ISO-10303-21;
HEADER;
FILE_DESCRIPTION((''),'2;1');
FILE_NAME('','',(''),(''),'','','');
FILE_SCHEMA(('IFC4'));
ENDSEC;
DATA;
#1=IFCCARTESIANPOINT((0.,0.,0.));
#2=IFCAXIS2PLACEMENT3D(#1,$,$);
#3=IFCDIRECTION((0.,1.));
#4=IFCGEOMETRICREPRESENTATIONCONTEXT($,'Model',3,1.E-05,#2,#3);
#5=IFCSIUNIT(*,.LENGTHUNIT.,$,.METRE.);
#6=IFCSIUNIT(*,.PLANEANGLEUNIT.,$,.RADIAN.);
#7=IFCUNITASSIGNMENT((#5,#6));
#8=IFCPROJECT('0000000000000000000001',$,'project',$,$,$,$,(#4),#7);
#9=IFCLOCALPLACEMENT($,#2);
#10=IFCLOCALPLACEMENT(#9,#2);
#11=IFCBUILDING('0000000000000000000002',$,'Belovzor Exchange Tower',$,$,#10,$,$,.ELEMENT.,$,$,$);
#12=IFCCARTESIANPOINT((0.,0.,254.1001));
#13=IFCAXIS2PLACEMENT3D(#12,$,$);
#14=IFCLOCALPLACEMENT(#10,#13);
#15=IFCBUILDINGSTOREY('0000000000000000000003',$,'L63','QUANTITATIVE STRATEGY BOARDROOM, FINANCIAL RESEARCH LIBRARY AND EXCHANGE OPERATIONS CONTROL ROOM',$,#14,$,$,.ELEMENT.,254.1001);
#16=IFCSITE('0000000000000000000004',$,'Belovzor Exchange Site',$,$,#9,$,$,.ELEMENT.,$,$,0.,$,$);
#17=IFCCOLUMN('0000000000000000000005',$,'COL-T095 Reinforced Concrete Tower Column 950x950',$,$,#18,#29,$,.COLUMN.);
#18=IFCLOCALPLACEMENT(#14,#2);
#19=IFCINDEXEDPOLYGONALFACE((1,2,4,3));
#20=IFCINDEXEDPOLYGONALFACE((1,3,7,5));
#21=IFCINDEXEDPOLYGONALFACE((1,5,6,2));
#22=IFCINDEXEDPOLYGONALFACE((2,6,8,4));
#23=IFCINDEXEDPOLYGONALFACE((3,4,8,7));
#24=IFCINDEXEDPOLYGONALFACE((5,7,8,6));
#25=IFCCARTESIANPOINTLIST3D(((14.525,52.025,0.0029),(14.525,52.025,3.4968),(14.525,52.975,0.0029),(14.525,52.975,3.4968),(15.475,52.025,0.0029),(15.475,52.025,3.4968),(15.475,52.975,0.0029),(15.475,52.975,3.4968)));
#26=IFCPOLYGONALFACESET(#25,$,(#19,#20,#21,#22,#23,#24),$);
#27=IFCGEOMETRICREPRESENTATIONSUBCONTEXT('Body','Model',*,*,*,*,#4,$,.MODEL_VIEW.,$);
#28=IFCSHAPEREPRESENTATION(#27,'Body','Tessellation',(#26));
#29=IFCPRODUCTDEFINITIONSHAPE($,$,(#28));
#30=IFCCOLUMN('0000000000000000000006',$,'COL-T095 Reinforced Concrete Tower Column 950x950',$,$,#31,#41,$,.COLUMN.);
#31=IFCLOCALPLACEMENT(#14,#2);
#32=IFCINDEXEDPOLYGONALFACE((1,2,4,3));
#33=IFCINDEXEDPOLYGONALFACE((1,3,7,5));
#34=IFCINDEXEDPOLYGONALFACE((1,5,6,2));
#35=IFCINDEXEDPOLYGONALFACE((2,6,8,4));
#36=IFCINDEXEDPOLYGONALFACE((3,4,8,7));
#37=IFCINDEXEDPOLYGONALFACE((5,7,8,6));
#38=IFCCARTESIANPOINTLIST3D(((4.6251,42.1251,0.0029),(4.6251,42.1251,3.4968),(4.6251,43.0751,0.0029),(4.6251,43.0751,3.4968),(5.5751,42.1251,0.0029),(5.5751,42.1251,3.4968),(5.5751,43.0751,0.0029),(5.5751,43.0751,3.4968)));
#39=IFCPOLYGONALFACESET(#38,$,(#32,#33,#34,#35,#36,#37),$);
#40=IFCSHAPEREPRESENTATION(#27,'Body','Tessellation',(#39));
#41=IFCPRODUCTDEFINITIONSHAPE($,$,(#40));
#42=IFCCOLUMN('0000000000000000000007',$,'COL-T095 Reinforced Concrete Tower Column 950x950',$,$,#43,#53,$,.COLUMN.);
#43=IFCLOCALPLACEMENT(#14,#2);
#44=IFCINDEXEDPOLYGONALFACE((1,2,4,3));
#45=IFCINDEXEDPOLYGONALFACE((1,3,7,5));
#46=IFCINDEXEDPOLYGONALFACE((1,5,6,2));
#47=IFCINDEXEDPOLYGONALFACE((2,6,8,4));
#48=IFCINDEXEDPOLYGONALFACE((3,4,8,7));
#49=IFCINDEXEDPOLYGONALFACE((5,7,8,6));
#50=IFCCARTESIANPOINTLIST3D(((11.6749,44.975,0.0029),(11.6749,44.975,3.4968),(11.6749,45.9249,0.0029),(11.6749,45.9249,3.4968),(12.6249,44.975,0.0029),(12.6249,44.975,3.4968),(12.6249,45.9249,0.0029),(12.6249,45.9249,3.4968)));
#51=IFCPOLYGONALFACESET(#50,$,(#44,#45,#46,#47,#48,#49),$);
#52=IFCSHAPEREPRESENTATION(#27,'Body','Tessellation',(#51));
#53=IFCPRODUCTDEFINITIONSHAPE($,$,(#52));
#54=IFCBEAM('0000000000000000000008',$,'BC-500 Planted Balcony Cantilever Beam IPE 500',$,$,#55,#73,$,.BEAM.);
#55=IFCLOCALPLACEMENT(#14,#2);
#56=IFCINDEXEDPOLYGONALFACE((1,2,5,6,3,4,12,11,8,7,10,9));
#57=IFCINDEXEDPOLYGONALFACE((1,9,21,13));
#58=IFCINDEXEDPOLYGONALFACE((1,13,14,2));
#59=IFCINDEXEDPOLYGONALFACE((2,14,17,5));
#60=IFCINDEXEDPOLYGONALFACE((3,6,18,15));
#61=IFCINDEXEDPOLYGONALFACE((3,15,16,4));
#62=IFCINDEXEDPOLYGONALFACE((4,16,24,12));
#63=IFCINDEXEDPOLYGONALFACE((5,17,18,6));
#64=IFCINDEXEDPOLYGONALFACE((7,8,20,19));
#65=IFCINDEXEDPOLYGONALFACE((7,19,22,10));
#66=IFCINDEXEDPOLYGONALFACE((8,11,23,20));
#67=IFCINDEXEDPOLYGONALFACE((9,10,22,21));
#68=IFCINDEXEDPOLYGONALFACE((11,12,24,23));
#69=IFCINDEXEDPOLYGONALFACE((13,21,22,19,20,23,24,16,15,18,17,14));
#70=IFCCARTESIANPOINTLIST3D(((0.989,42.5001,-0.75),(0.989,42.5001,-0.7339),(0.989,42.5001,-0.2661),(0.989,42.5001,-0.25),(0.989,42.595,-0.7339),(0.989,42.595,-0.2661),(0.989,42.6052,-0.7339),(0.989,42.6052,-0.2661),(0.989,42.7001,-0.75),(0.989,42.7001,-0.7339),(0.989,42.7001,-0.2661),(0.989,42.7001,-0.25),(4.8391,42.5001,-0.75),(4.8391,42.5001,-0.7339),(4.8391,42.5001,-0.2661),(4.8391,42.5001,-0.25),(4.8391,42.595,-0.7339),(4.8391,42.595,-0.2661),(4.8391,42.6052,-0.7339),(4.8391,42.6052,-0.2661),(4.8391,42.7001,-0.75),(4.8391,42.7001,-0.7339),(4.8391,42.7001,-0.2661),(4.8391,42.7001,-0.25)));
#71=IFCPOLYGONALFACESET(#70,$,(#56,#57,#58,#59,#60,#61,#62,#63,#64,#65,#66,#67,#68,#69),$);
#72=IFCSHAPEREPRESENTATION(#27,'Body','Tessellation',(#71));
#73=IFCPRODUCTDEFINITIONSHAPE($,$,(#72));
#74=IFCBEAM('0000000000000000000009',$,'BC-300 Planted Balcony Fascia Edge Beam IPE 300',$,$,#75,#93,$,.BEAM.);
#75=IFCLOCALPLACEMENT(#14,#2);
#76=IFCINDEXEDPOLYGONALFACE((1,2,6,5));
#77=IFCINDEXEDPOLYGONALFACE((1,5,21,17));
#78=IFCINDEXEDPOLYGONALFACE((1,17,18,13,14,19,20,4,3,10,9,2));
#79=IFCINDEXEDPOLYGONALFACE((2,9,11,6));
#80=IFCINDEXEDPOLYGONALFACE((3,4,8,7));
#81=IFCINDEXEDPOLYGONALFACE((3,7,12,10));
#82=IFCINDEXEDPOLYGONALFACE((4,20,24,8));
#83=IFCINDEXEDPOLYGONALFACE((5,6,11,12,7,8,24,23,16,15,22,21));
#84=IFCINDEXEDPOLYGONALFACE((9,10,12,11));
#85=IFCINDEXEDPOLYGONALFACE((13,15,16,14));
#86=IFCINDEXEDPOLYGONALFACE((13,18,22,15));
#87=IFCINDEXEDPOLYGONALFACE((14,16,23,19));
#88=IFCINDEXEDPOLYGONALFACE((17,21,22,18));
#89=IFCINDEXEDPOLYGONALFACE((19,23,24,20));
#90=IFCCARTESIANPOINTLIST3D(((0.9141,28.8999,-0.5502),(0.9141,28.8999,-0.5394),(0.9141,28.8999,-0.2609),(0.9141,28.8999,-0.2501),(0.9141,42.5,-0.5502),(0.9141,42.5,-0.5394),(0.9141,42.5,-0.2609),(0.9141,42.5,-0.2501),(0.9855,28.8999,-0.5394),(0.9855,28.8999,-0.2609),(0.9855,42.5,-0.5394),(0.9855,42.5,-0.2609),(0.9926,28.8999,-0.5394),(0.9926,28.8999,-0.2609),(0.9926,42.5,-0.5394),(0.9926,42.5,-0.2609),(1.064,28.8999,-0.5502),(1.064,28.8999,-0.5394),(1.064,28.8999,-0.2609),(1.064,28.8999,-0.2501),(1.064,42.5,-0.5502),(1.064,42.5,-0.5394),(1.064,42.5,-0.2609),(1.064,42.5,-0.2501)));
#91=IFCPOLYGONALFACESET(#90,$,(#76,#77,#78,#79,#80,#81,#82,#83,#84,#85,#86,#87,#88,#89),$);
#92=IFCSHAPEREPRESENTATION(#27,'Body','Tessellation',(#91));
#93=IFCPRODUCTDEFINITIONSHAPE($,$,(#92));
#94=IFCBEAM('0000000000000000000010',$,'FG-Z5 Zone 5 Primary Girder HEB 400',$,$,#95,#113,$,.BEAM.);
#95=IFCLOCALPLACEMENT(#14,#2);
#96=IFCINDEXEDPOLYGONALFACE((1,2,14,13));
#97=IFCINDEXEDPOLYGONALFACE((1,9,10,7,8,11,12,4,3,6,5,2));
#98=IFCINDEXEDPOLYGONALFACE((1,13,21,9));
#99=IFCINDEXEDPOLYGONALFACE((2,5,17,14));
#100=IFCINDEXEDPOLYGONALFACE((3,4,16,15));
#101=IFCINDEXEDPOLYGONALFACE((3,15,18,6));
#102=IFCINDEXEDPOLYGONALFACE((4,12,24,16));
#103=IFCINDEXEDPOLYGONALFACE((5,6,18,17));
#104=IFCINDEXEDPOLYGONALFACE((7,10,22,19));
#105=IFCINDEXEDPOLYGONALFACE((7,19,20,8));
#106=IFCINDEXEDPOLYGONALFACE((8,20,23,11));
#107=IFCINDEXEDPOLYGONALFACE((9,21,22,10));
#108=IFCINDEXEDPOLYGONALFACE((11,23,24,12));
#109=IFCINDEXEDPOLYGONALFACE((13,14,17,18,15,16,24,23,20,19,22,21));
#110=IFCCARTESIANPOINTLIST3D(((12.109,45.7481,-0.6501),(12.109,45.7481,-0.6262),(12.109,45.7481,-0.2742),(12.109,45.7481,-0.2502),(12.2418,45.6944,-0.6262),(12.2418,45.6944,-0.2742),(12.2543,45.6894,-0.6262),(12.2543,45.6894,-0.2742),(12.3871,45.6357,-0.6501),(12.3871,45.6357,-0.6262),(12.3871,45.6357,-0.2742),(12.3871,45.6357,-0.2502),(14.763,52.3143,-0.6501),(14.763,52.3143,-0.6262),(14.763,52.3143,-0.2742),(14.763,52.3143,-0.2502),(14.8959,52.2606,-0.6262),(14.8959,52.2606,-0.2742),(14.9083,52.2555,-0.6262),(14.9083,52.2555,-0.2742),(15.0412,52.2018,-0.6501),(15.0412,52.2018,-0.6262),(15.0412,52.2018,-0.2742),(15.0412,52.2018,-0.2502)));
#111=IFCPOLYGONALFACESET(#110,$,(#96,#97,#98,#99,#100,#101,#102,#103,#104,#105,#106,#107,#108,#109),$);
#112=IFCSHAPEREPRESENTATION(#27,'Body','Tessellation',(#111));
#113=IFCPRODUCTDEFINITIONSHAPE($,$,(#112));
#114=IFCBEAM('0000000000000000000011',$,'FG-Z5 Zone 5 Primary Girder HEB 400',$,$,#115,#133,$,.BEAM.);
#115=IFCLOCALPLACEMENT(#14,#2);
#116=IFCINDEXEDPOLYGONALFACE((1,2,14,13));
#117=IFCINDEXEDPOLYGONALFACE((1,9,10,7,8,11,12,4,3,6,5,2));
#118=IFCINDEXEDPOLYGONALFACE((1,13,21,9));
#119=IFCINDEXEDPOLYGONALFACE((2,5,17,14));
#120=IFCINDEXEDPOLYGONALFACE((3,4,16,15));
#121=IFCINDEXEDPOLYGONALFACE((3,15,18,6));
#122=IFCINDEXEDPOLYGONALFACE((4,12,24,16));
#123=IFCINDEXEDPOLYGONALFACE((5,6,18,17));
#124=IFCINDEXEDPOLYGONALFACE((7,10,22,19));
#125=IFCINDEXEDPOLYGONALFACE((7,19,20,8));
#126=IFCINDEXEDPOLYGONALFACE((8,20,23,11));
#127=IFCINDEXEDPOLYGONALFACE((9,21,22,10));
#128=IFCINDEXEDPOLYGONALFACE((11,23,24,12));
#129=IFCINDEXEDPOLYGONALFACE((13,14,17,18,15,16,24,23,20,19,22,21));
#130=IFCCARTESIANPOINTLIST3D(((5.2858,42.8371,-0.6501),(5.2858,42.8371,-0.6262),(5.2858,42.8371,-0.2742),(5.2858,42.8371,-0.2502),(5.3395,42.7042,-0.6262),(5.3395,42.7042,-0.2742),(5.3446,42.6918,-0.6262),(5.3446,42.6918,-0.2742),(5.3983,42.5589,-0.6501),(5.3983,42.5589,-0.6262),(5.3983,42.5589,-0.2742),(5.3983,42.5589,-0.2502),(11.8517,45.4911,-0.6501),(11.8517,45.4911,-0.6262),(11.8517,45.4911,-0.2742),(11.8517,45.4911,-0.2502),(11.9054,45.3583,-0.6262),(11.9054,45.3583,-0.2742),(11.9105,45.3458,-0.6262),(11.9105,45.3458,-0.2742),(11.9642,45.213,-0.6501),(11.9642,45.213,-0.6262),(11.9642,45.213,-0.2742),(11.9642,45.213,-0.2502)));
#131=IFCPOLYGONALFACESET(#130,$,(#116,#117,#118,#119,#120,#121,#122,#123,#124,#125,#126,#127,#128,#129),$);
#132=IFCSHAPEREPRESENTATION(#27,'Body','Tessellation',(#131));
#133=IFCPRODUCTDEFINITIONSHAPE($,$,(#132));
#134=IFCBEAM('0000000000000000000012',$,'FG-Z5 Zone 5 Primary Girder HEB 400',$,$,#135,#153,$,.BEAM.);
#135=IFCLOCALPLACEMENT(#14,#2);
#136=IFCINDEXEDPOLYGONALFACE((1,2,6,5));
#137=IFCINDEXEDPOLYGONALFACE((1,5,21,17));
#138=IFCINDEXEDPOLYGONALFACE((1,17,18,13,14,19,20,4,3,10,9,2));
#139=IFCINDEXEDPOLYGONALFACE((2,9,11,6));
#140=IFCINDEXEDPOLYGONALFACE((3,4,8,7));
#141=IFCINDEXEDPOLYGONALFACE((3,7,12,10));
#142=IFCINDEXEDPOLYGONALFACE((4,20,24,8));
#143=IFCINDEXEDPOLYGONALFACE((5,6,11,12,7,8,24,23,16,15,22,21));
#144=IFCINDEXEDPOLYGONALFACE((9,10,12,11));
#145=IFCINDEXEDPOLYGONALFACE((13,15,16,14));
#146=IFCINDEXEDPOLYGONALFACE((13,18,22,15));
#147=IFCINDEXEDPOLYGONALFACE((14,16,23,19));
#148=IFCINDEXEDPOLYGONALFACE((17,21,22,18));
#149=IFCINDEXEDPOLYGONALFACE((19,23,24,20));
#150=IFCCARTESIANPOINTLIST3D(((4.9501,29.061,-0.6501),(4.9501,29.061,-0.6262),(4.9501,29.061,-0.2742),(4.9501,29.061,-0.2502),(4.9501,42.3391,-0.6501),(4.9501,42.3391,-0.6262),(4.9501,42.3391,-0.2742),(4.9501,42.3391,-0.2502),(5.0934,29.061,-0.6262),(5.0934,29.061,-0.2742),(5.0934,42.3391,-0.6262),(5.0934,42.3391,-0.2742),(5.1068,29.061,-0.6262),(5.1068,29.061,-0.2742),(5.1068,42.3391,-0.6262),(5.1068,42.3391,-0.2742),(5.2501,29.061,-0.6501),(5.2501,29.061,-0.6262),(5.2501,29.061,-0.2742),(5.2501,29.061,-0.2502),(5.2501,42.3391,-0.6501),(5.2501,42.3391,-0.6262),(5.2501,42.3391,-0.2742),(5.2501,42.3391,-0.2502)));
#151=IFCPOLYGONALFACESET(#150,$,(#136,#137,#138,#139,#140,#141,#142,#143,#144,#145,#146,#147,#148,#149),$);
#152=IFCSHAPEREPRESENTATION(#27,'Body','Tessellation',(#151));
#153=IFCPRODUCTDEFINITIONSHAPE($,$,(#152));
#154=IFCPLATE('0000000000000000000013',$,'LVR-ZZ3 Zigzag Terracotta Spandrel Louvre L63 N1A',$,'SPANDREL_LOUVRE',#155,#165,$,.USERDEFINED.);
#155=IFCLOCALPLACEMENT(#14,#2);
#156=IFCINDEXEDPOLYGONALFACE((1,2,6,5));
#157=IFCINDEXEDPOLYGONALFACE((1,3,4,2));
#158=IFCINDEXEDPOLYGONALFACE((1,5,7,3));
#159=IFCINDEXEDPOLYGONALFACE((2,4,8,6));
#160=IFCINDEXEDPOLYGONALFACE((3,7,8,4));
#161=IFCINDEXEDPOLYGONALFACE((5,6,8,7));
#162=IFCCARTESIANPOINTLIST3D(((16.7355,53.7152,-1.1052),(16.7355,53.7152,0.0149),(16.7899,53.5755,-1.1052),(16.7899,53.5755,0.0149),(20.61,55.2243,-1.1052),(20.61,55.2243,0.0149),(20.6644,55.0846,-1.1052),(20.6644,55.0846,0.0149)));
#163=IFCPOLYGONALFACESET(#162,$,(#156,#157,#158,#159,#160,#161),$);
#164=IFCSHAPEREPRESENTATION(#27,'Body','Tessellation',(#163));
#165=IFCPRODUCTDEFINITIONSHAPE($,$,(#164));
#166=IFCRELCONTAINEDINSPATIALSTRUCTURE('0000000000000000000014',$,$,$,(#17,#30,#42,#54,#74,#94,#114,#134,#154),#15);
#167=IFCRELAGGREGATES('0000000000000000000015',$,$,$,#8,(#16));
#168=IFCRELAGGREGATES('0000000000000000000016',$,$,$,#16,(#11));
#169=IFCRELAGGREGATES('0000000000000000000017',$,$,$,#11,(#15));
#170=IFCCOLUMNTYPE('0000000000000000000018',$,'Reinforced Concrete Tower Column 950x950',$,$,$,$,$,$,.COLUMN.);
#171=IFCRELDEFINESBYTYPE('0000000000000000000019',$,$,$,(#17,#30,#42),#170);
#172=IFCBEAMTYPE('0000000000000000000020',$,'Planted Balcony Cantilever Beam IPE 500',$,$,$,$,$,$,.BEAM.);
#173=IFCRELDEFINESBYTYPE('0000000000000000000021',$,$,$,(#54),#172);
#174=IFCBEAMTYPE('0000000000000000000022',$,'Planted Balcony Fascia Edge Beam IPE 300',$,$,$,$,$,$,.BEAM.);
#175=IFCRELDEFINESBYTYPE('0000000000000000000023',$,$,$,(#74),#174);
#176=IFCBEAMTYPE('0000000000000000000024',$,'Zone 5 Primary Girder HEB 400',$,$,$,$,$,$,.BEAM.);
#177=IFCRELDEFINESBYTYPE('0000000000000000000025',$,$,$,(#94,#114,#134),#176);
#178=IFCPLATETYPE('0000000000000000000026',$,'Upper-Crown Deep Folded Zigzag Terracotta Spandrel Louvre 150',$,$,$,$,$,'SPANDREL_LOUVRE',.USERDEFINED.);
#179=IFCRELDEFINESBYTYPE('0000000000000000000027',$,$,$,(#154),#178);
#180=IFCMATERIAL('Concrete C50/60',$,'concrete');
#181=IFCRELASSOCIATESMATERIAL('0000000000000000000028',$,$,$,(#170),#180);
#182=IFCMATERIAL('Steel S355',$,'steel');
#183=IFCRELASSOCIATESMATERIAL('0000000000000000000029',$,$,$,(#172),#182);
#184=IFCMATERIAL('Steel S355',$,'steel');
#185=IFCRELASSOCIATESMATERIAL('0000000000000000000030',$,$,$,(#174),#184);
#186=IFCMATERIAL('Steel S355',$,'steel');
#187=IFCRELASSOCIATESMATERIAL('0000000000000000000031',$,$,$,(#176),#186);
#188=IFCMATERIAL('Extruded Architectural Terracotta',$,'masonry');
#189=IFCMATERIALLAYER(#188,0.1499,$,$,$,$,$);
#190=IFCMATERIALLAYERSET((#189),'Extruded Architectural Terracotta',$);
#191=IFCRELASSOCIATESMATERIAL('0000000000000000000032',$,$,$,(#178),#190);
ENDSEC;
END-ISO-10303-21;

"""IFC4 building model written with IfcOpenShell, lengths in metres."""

from ifc_helpers import new_model, si_unit, direction, frame, origin, origin_2d, place, context, subcontext, project, spatial, rectangle, i_section, extrude, material, layer, layer_set, material_profile, profile_set, type_object, element, save


model = new_model("IFC4")

# Units and contexts
model_context = context("Model", 3, precision=1e-05, world=origin(), true_north=direction((0.0, 1.0)))
body_context = subcontext(model_context, "Body", "Model", "MODEL_VIEW")
ifc_project = project(units=[si_unit("LENGTHUNIT", "METRE"), si_unit("PLANEANGLEUNIT", "RADIAN")], contexts=[model_context])

# Site, building, storey
site_placement = place(None, origin())
site = spatial("IfcSite", under=ifc_project, at=site_placement, Name="Belovzor Exchange Site", CompositionType="ELEMENT", RefElevation=0.0)
building_placement = place(site_placement, origin())
building = spatial("IfcBuilding", under=site, at=building_placement, Name="Belovzor Exchange Tower", CompositionType="ELEMENT")
storey_placement = place(building_placement, frame((0.0, 0.0, 254.1001)))
storey = spatial("IfcBuildingStorey", under=building, at=storey_placement, Name="L63", Description="QUANTITATIVE STRATEGY BOARDROOM, FINANCIAL RESEARCH LIBRARY AND EXCHANGE OPERATIONS CONTROL ROOM", CompositionType="ELEMENT", Elevation=254.1001)

# Columns
ifc_material_1 = material(Name="Concrete C50/60", Category="concrete")
ifc_material_profile_1 = material_profile(ifc_material_1, rectangle(XDim=0.95, YDim=0.95, at=origin_2d()))
ifc_profile_set_1 = profile_set([ifc_material_profile_1], Name="Concrete C50/60")
column_type = type_object("IfcColumnType", Name="Reinforced Concrete Tower Column 950x950", PredefinedType="COLUMN", material=ifc_profile_set_1)
for number, where, z_axis, x_axis, name in (
    (1, (15.0, 52.5, 0.0029), (0.0, 0.0, 1.0), (1.0, 0.0, 0.0), "COL-T095 Reinforced Concrete Tower Column 950x950"),
    (2, (5.1001, 42.6001, 0.0029), (0.0, 0.0, 1.0), (1.0, 0.0, 0.0), "COL-T095 Reinforced Concrete Tower Column 950x950"),
    (3, (12.1499, 45.45, 0.0029), (0.0, 0.0, 1.0), (1.0, 0.0, 0.0), "COL-T095 Reinforced Concrete Tower Column 950x950"),
):
    element("IfcColumn", number, at=place(storey_placement, frame(where, z_axis=z_axis, x_axis=x_axis)), inside=storey, type_object=column_type, Name=name, PredefinedType="COLUMN", context=body_context, shape_type="SweptSolid", body=[
        extrude(rectangle(XDim=0.95, YDim=0.95, at=origin_2d()), origin(), (0.0, 0.0, 1.0), 3.4939),
    ])

# Beams
ifc_material_2 = material(Name="Steel S355", Category="steel")
ifc_material_profile_2 = material_profile(ifc_material_2, i_section(OverallWidth=0.2, OverallDepth=0.5, WebThickness=0.0103, FlangeThickness=0.0161, at=origin_2d()))
ifc_profile_set_2 = profile_set([ifc_material_profile_2], Name="Steel S355")
beam_type_1 = type_object("IfcBeamType", Name="Planted Balcony Cantilever Beam IPE 500", PredefinedType="BEAM", material=ifc_profile_set_2)
beam_1_placement = place(storey_placement, frame((4.8391, 42.6001, -0.5), z_axis=(-1.0, 0.0, 0.0), x_axis=(0.0, -1.0, 0.0)))
element("IfcBeam", 4, at=beam_1_placement, inside=storey, type_object=beam_type_1, Name="BC-500 Planted Balcony Cantilever Beam IPE 500", PredefinedType="BEAM", context=body_context, shape_type="SweptSolid", body=[
    extrude(i_section(OverallWidth=0.2, OverallDepth=0.5, WebThickness=0.0103, FlangeThickness=0.0161, at=origin_2d()), origin(), (0.0, 0.0, 1.0), 3.8501),
])
ifc_material_3 = material(Name="Steel S355", Category="steel")
ifc_material_profile_3 = material_profile(ifc_material_3, i_section(OverallWidth=0.1499, OverallDepth=0.3, WebThickness=0.0071, FlangeThickness=0.0107, at=origin_2d()))
ifc_profile_set_3 = profile_set([ifc_material_profile_3], Name="Steel S355")
beam_type_2 = type_object("IfcBeamType", Name="Planted Balcony Fascia Edge Beam IPE 300", PredefinedType="BEAM", material=ifc_profile_set_3)
beam_2_placement = place(storey_placement, frame((0.989, 42.5, -0.4001), z_axis=(0.0, -1.0, 0.0), x_axis=(1.0, 0.0, 0.0)))
element("IfcBeam", 5, at=beam_2_placement, inside=storey, type_object=beam_type_2, Name="BC-300 Planted Balcony Fascia Edge Beam IPE 300", PredefinedType="BEAM", context=body_context, shape_type="SweptSolid", body=[
    extrude(i_section(OverallWidth=0.1499, OverallDepth=0.3, WebThickness=0.0071, FlangeThickness=0.0107, at=origin_2d()), origin(), (0.0, 0.0, 1.0), 13.6001),
])
ifc_material_4 = material(Name="Steel S355", Category="steel")
ifc_material_profile_4 = material_profile(ifc_material_4, i_section(OverallWidth=0.3, OverallDepth=0.3999, WebThickness=0.0134, FlangeThickness=0.0239, at=origin_2d()))
ifc_profile_set_4 = profile_set([ifc_material_profile_4], Name="Steel S355")
beam_type_3 = type_object("IfcBeamType", Name="Zone 5 Primary Girder HEB 400", PredefinedType="BEAM", material=ifc_profile_set_4)
beam_3_placement = place(storey_placement, frame((14.9021, 52.2581, -0.4502), z_axis=(-0.374746, -0.927127, 0.0), x_axis=(0.927127, -0.374746, 0.0)))
element("IfcBeam", 6, at=beam_3_placement, inside=storey, type_object=beam_type_3, Name="FG-Z5 Zone 5 Primary Girder HEB 400", PredefinedType="BEAM", context=body_context, shape_type="SweptSolid", body=[
    extrude(i_section(OverallWidth=0.3, OverallDepth=0.3999, WebThickness=0.0134, FlangeThickness=0.0239, at=origin_2d()), origin(), (0.0, 0.0, 1.0), 7.0823),
])
beam_4_placement = place(storey_placement, frame((11.908, 45.3521, -0.4502), z_axis=(-0.927123, -0.374758, 0.0), x_axis=(0.374758, -0.927123, 0.0)))
element("IfcBeam", 7, at=beam_4_placement, inside=storey, type_object=beam_type_3, Name="FG-Z5 Zone 5 Primary Girder HEB 400", PredefinedType="BEAM", context=body_context, shape_type="SweptSolid", body=[
    extrude(i_section(OverallWidth=0.3, OverallDepth=0.3999, WebThickness=0.0134, FlangeThickness=0.0239, at=origin_2d()), origin(), (0.0, 0.0, 1.0), 7.082),
])
beam_5_placement = place(storey_placement, frame((5.1001, 42.3391, -0.4502), z_axis=(0.0, -1.0, 0.0), x_axis=(1.0, 0.0, 0.0)))
element("IfcBeam", 8, at=beam_5_placement, inside=storey, type_object=beam_type_3, Name="FG-Z5 Zone 5 Primary Girder HEB 400", PredefinedType="BEAM", context=body_context, shape_type="SweptSolid", body=[
    extrude(i_section(OverallWidth=0.3, OverallDepth=0.3999, WebThickness=0.0134, FlangeThickness=0.0239, at=origin_2d()), origin(), (0.0, 0.0, 1.0), 13.2781),
])

# Plate
ifc_material_5 = material(Name="Extruded Architectural Terracotta", Category="masonry")
ifc_layer_1 = layer(ifc_material_5, 0.1499)
ifc_layer_set_1 = layer_set([ifc_layer_1], Name="Extruded Architectural Terracotta")
plate_type = type_object("IfcPlateType", Name="Upper-Crown Deep Folded Zigzag Terracotta Spandrel Louvre 150", ElementType="SPANDREL_LOUVRE", PredefinedType="USERDEFINED", material=ifc_layer_set_1)
plate_placement = place(storey_placement, frame((18.7, 54.3999, -1.1052), z_axis=(0.0, 0.0, 1.0), x_axis=(0.931818, 0.362926, 0.0)))
element("IfcPlate", 9, at=plate_placement, inside=storey, type_object=plate_type, Name="LVR-ZZ3 Zigzag Terracotta Spandrel Louvre L63 N1A", ObjectType="SPANDREL_LOUVRE", PredefinedType="USERDEFINED", context=body_context, shape_type="SweptSolid", body=[
    extrude(rectangle(XDim=4.158, YDim=0.1499, at=origin_2d()), origin(), (0.0, 0.0, 1.0), 1.1201),
])

save(model, "model.ifc")
